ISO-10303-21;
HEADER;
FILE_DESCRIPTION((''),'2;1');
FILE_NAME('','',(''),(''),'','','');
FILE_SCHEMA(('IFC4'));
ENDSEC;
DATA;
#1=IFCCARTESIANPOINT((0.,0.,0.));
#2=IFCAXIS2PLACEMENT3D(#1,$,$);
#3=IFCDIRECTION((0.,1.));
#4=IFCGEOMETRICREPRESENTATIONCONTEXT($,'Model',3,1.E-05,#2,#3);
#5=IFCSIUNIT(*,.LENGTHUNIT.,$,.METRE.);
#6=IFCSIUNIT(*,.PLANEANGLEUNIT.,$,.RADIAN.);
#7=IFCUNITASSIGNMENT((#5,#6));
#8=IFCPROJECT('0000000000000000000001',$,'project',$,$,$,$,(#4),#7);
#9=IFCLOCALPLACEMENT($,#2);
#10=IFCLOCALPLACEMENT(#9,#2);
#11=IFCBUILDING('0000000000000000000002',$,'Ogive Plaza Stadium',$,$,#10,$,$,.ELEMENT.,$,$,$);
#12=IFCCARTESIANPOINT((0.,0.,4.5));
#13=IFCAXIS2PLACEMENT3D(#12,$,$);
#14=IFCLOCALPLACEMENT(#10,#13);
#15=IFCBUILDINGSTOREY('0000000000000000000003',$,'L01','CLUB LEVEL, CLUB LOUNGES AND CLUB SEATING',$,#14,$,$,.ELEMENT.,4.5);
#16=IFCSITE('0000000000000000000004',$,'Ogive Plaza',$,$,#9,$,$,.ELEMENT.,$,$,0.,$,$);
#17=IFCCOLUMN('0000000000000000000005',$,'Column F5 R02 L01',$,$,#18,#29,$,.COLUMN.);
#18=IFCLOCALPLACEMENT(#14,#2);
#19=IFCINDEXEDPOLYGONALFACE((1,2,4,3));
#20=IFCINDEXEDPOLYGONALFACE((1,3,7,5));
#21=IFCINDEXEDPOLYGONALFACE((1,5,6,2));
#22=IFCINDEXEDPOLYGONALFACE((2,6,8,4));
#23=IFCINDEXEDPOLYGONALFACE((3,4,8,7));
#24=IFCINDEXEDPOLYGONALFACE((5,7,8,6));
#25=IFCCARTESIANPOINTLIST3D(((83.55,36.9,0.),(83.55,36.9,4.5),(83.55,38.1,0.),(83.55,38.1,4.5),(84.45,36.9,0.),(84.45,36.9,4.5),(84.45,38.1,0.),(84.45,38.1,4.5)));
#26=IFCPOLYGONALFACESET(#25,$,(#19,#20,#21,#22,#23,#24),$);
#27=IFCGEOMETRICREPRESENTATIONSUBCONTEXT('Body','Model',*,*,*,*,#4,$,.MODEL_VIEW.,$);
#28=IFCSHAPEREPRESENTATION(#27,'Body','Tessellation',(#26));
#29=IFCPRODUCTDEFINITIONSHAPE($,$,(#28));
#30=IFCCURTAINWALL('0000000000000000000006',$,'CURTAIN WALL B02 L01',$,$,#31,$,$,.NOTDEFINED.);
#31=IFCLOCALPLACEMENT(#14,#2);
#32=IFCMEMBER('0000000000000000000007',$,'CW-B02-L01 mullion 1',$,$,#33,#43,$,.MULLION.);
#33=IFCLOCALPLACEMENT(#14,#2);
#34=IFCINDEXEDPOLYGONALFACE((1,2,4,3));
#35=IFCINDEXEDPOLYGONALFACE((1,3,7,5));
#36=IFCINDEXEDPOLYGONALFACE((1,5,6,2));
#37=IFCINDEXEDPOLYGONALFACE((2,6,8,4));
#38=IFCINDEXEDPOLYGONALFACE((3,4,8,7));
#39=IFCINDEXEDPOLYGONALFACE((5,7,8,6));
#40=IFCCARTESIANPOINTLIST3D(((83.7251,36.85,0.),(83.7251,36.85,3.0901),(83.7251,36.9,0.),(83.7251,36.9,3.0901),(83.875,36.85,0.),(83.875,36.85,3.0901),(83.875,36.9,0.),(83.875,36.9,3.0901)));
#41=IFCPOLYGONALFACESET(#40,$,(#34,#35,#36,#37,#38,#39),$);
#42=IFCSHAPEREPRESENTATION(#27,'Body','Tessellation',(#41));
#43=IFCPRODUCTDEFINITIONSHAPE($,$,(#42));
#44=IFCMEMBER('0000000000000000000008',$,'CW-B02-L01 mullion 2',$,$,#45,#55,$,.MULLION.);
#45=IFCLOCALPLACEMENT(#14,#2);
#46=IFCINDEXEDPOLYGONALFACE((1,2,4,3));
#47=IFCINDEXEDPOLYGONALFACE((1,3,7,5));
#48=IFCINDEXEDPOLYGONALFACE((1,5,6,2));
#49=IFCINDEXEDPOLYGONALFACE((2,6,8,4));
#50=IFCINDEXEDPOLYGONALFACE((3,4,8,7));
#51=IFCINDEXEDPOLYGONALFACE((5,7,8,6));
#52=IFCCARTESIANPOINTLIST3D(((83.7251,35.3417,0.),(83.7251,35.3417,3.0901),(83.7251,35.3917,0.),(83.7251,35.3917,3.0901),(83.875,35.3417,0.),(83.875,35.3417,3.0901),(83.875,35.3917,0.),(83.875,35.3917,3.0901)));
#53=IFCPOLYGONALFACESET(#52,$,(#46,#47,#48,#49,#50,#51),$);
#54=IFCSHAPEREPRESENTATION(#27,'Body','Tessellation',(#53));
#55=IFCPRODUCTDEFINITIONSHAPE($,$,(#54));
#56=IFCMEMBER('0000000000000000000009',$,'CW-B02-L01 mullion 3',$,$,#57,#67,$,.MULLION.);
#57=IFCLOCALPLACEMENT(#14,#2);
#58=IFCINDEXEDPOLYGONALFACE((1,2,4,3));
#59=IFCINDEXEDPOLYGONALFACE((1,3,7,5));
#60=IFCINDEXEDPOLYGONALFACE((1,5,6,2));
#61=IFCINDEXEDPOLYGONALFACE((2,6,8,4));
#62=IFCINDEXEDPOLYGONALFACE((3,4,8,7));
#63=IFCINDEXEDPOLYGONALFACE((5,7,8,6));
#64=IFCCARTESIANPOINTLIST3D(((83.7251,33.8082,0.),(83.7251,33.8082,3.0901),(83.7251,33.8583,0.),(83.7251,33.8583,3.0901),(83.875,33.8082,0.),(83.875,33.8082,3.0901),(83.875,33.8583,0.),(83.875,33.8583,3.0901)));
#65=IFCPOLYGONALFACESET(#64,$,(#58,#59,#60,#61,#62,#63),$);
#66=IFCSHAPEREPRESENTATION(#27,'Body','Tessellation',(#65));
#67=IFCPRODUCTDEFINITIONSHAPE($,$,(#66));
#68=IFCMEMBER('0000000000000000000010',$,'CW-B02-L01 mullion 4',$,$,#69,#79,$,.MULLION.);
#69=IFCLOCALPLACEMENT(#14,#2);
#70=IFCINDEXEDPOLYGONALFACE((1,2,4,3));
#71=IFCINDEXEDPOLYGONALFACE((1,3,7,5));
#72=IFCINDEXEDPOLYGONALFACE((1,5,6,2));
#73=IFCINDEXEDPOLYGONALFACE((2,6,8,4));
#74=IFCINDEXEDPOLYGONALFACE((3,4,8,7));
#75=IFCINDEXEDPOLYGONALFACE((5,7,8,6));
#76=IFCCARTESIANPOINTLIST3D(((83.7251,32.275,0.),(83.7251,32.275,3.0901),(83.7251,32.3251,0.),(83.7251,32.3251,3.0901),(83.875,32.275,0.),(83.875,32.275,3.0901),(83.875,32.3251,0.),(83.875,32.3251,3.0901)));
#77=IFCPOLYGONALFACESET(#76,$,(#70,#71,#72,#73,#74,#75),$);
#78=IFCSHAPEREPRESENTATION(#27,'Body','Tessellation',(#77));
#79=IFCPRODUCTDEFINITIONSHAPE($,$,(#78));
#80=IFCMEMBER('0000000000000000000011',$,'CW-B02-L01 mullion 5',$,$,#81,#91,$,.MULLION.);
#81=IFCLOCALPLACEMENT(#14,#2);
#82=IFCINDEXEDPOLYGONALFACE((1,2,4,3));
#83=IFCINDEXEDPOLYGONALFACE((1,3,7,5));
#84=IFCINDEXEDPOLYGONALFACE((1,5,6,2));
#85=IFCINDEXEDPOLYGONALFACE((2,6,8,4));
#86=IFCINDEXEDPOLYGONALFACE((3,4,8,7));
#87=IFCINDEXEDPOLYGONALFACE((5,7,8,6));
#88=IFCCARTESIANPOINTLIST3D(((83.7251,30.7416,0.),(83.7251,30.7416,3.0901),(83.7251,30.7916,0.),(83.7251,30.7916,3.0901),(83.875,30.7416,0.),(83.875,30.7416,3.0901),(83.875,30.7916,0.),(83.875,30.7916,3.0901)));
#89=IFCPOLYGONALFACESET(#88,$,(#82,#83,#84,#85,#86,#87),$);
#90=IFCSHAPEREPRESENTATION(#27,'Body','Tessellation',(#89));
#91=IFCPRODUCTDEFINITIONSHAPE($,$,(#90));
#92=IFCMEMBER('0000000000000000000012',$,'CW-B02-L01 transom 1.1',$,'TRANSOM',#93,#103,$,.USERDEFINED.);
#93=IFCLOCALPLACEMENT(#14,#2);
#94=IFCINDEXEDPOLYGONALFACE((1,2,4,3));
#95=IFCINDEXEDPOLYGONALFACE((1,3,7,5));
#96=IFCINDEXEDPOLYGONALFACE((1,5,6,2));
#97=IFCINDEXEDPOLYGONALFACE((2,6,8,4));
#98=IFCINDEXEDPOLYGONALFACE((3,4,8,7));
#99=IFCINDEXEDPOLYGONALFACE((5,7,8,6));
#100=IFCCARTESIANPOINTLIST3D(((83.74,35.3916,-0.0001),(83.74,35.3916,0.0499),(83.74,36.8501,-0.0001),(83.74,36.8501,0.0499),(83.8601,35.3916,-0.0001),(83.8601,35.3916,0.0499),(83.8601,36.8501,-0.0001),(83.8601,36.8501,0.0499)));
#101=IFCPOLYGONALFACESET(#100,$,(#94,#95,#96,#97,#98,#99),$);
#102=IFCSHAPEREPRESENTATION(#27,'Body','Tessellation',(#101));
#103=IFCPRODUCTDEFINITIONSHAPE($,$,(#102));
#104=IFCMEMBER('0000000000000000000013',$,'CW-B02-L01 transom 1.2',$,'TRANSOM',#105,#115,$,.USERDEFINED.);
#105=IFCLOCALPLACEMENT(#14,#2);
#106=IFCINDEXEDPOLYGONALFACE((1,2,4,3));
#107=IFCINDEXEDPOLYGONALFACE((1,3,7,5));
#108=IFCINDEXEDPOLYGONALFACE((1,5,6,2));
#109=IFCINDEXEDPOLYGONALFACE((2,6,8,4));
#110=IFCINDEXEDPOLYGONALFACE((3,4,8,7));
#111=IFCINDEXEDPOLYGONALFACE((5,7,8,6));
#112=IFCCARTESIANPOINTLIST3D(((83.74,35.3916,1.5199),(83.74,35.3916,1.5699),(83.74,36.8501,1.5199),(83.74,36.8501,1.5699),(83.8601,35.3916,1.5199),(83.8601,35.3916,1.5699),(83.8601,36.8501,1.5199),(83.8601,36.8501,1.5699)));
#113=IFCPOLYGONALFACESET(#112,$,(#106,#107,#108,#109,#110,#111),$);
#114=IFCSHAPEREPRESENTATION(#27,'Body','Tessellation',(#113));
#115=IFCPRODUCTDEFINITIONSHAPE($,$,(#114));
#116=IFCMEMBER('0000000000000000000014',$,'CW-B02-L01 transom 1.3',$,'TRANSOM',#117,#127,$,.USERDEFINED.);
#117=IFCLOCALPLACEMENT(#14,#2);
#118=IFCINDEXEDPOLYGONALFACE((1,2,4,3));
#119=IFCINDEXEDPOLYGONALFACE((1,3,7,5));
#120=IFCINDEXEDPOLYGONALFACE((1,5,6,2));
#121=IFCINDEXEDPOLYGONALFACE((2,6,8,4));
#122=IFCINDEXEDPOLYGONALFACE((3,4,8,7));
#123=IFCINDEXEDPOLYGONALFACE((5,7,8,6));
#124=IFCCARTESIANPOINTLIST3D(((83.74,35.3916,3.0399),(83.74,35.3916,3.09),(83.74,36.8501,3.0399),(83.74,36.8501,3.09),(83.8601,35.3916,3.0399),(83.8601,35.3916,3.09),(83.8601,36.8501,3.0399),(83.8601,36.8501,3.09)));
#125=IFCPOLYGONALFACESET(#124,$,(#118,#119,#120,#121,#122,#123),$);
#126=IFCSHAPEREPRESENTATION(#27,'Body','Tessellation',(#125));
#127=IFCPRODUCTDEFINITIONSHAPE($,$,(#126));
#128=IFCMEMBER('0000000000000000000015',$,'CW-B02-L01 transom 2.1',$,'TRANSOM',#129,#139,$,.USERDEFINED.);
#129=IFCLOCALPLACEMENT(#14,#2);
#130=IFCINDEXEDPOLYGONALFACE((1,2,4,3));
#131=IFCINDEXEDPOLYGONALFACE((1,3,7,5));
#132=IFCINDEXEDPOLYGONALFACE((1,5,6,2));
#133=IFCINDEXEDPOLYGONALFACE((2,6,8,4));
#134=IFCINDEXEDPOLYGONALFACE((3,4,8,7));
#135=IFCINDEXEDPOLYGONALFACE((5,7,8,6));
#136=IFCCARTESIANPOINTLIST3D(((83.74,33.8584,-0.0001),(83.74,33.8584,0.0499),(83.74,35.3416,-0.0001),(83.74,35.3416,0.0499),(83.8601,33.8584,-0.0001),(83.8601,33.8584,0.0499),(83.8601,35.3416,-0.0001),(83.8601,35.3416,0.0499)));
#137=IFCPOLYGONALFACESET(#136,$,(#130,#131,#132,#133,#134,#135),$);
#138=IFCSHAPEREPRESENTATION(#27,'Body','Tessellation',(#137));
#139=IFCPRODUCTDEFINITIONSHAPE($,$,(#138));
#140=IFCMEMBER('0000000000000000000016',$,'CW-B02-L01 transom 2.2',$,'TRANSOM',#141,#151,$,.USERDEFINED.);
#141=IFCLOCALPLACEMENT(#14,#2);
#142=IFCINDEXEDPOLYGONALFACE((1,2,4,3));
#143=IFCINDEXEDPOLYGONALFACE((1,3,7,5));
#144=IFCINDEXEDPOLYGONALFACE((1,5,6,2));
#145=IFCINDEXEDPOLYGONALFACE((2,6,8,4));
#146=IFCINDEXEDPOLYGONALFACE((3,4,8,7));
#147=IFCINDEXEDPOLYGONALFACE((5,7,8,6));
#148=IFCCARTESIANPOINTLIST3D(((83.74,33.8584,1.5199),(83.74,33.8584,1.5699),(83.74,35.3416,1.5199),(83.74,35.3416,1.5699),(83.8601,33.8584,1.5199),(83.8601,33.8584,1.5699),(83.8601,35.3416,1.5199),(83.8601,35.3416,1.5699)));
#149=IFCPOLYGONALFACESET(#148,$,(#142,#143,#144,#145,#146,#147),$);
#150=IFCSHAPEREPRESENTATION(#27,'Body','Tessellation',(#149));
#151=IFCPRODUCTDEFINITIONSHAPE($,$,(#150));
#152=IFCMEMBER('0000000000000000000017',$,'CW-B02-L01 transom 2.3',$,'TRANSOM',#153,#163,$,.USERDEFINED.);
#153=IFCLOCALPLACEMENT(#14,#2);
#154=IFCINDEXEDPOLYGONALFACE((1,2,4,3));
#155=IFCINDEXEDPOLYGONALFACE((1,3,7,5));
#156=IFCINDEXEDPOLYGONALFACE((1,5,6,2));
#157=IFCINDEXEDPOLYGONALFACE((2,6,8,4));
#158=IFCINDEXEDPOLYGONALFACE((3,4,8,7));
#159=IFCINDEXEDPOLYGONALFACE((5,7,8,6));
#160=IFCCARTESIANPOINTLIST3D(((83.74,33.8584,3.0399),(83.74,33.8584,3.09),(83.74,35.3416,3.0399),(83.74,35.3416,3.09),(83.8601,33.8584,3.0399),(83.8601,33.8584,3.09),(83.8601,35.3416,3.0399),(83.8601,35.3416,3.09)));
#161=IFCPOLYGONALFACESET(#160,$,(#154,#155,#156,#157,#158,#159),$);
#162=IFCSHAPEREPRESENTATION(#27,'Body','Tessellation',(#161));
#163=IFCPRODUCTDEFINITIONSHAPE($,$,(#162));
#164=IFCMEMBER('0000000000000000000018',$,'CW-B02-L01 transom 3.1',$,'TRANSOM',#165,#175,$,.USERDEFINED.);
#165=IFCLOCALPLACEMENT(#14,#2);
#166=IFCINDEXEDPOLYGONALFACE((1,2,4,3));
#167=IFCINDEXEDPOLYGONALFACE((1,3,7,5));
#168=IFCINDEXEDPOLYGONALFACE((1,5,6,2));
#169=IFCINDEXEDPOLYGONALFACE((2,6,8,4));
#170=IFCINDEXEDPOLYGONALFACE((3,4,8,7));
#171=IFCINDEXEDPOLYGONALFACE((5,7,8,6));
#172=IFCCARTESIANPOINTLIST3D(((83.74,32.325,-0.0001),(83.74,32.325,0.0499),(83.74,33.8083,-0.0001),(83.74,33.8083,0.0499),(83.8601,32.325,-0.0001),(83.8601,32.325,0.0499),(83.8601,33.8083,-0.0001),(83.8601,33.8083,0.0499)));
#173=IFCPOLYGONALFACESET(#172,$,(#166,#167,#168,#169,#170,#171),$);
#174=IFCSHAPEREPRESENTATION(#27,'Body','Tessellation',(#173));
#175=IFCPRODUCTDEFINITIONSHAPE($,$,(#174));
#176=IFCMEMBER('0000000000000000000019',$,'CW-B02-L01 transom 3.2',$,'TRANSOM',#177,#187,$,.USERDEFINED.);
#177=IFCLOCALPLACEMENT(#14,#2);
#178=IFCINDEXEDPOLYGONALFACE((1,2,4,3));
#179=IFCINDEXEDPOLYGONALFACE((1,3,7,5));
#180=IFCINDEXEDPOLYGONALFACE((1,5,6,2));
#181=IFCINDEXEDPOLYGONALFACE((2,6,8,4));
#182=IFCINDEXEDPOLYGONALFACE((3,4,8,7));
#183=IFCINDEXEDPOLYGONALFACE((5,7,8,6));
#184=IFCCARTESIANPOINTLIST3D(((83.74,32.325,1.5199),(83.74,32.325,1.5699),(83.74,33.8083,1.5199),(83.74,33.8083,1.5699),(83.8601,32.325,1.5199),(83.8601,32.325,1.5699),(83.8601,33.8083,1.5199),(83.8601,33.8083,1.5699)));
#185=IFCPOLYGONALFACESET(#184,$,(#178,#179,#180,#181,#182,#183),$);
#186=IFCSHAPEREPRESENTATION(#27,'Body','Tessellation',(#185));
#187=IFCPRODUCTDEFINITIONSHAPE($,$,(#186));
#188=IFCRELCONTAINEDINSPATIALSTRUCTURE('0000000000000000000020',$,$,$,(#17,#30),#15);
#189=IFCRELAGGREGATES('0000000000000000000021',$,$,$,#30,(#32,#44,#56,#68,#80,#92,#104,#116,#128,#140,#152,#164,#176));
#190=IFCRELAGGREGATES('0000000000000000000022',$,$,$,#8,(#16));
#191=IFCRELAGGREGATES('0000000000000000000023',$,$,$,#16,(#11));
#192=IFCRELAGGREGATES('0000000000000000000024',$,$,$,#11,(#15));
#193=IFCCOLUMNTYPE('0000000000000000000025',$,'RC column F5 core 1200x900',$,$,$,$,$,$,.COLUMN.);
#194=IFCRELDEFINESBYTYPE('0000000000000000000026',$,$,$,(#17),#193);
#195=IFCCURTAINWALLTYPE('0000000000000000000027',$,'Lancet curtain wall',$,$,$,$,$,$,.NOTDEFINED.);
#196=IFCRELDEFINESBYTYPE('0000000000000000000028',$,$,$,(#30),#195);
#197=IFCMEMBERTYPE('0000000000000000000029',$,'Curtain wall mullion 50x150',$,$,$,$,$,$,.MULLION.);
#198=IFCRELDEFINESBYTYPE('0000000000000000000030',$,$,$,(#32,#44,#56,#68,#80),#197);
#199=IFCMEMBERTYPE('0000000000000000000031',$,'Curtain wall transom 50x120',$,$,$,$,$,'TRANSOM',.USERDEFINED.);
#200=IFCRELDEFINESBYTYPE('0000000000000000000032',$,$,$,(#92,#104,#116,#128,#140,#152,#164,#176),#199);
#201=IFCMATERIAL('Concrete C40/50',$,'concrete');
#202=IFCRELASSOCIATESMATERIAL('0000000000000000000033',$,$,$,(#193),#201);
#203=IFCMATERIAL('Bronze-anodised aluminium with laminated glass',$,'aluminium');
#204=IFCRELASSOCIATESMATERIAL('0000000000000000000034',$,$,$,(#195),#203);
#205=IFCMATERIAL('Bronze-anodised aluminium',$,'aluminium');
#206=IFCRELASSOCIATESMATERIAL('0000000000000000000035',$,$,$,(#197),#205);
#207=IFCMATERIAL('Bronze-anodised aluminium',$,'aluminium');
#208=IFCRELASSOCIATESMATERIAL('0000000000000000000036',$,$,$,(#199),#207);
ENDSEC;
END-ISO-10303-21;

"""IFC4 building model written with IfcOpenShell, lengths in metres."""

from ifc_helpers import new_model, si_unit, direction, frame, origin, origin_2d, place, context, subcontext, project, spatial, rectangle, extrude, material, material_profile, profile_set, type_object, element, aggregate, save


model = new_model("IFC4")

# Units and contexts
model_context = context("Model", 3, precision=1e-05, world=origin(), true_north=direction((0.0, 1.0)))
body_context = subcontext(model_context, "Body", "Model", "MODEL_VIEW")
ifc_project = project(units=[si_unit("LENGTHUNIT", "METRE"), si_unit("PLANEANGLEUNIT", "RADIAN")], contexts=[model_context])

# Site, building, storey
site_placement = place(None, origin())
site = spatial("IfcSite", under=ifc_project, at=site_placement, Name="Ogive Plaza", CompositionType="ELEMENT", RefElevation=0.0)
building_placement = place(site_placement, origin())
building = spatial("IfcBuilding", under=site, at=building_placement, Name="Ogive Plaza Stadium", CompositionType="ELEMENT")
storey_placement = place(building_placement, frame((0.0, 0.0, 4.5)))
storey = spatial("IfcBuildingStorey", under=building, at=storey_placement, Name="L01", Description="CLUB LEVEL, CLUB LOUNGES AND CLUB SEATING", CompositionType="ELEMENT", Elevation=4.5)

# Column
ifc_material_1 = material(Name="Concrete C40/50", Category="concrete")
ifc_material_profile_1 = material_profile(ifc_material_1, rectangle(XDim=1.2, YDim=0.8999, at=origin_2d()), Name="RC 1200x900")
ifc_profile_set_1 = profile_set([ifc_material_profile_1], Name="Concrete C40/50")
column_type = type_object("IfcColumnType", Name="RC column F5 core 1200x900", PredefinedType="COLUMN", material=ifc_profile_set_1)
column_placement = place(storey_placement, frame((84.0, 37.5, 0.0), z_axis=(0.0, 0.0, 1.0), x_axis=(0.0, 1.0, 0.0)))
element("IfcColumn", 1, at=column_placement, inside=storey, type_object=column_type, Name="Column F5 R02 L01", PredefinedType="COLUMN", context=body_context, shape_type="SweptSolid", body=[
    extrude(rectangle(XDim=1.2, YDim=0.8999, at=origin_2d()), origin(), (0.0, 0.0, 1.0), 4.5),
])

# Curtain wall, members
ifc_material_2 = material(Name="Bronze-anodised aluminium with laminated glass", Category="aluminium")
curtain_wall_type = type_object("IfcCurtainWallType", Name="Lancet curtain wall", PredefinedType="NOTDEFINED", material=ifc_material_2)
curtain_wall_placement = place(storey_placement, origin())
curtain_wall = element("IfcCurtainWall", 2, at=curtain_wall_placement, inside=storey, type_object=curtain_wall_type, Name="CURTAIN WALL B02 L01", PredefinedType="NOTDEFINED")
ifc_material_3 = material(Name="Bronze-anodised aluminium", Category="aluminium")
ifc_material_profile_2 = material_profile(ifc_material_3, rectangle(XDim=0.1499, YDim=0.05, at=origin_2d()), Name="AL 150x50")
ifc_profile_set_2 = profile_set([ifc_material_profile_2], Name="Bronze-anodised aluminium")
member_type_1 = type_object("IfcMemberType", Name="Curtain wall mullion 50x150", PredefinedType="MULLION", material=ifc_profile_set_2)
member_1_placement = place(storey_placement, frame((83.8, 36.875, 0.0), z_axis=(0.0, 0.0, 1.0), x_axis=(1.0, 0.0, 0.0)))
member_1 = element("IfcMember", 3, at=member_1_placement, type_object=member_type_1, Name="CW-B02-L01 mullion 1", PredefinedType="MULLION", context=body_context, shape_type="SweptSolid", body=[
    extrude(rectangle(XDim=0.1499, YDim=0.05, at=origin_2d()), origin(), (0.0, 0.0, 1.0), 3.0901),
])
member_2_placement = place(storey_placement, frame((83.8, 35.3667, 0.0), z_axis=(0.0, 0.0, 1.0), x_axis=(1.0, 0.0, 0.0)))
member_2 = element("IfcMember", 4, at=member_2_placement, type_object=member_type_1, Name="CW-B02-L01 mullion 2", PredefinedType="MULLION", context=body_context, shape_type="SweptSolid", body=[
    extrude(rectangle(XDim=0.1499, YDim=0.05, at=origin_2d()), origin(), (0.0, 0.0, 1.0), 3.0901),
])
member_3_placement = place(storey_placement, frame((83.8, 33.8333, 0.0), z_axis=(0.0, 0.0, 1.0), x_axis=(1.0, 0.0, 0.0)))
member_3 = element("IfcMember", 5, at=member_3_placement, type_object=member_type_1, Name="CW-B02-L01 mullion 3", PredefinedType="MULLION", context=body_context, shape_type="SweptSolid", body=[
    extrude(rectangle(XDim=0.1499, YDim=0.05, at=origin_2d()), origin(), (0.0, 0.0, 1.0), 3.0901),
])
member_4_placement = place(storey_placement, frame((83.8, 32.3, 0.0), z_axis=(0.0, 0.0, 1.0), x_axis=(1.0, 0.0, 0.0)))
member_4 = element("IfcMember", 6, at=member_4_placement, type_object=member_type_1, Name="CW-B02-L01 mullion 4", PredefinedType="MULLION", context=body_context, shape_type="SweptSolid", body=[
    extrude(rectangle(XDim=0.1499, YDim=0.05, at=origin_2d()), origin(), (0.0, 0.0, 1.0), 3.0901),
])
member_5_placement = place(storey_placement, frame((83.8, 30.7666, 0.0), z_axis=(0.0, 0.0, 1.0), x_axis=(1.0, 0.0, 0.0)))
member_5 = element("IfcMember", 7, at=member_5_placement, type_object=member_type_1, Name="CW-B02-L01 mullion 5", PredefinedType="MULLION", context=body_context, shape_type="SweptSolid", body=[
    extrude(rectangle(XDim=0.1499, YDim=0.05, at=origin_2d()), origin(), (0.0, 0.0, 1.0), 3.0901),
])
ifc_material_4 = material(Name="Bronze-anodised aluminium", Category="aluminium")
ifc_material_profile_3 = material_profile(ifc_material_4, rectangle(XDim=0.1201, YDim=0.05, at=origin_2d()), Name="AL 120x50")
ifc_profile_set_3 = profile_set([ifc_material_profile_3], Name="Bronze-anodised aluminium")
member_type_2 = type_object("IfcMemberType", Name="Curtain wall transom 50x120", ElementType="TRANSOM", PredefinedType="USERDEFINED", material=ifc_profile_set_3)
member_6_placement = place(storey_placement, frame((83.8, 36.8501, 0.0249), z_axis=(0.0, -1.0, 0.0), x_axis=(1.0, 0.0, 0.0)))
member_6 = element("IfcMember", 8, at=member_6_placement, type_object=member_type_2, Name="CW-B02-L01 transom 1.1", ObjectType="TRANSOM", PredefinedType="USERDEFINED", context=body_context, shape_type="SweptSolid", body=[
    extrude(rectangle(XDim=0.1201, YDim=0.05, at=origin_2d()), origin(), (0.0, 0.0, 1.0), 1.4585),
])
member_7_placement = place(storey_placement, frame((83.8, 36.8501, 1.5449), z_axis=(0.0, -1.0, 0.0), x_axis=(1.0, 0.0, 0.0)))
member_7 = element("IfcMember", 9, at=member_7_placement, type_object=member_type_2, Name="CW-B02-L01 transom 1.2", ObjectType="TRANSOM", PredefinedType="USERDEFINED", context=body_context, shape_type="SweptSolid", body=[
    extrude(rectangle(XDim=0.1201, YDim=0.05, at=origin_2d()), origin(), (0.0, 0.0, 1.0), 1.4585),
])
member_8_placement = place(storey_placement, frame((83.8, 36.8501, 3.0649), z_axis=(0.0, -1.0, 0.0), x_axis=(1.0, 0.0, 0.0)))
member_8 = element("IfcMember", 10, at=member_8_placement, type_object=member_type_2, Name="CW-B02-L01 transom 1.3", ObjectType="TRANSOM", PredefinedType="USERDEFINED", context=body_context, shape_type="SweptSolid", body=[
    extrude(rectangle(XDim=0.1201, YDim=0.05, at=origin_2d()), origin(), (0.0, 0.0, 1.0), 1.4585),
])
member_9_placement = place(storey_placement, frame((83.8, 35.3416, 0.0249), z_axis=(0.0, -1.0, 0.0), x_axis=(1.0, 0.0, 0.0)))
member_9 = element("IfcMember", 11, at=member_9_placement, type_object=member_type_2, Name="CW-B02-L01 transom 2.1", ObjectType="TRANSOM", PredefinedType="USERDEFINED", context=body_context, shape_type="SweptSolid", body=[
    extrude(rectangle(XDim=0.1201, YDim=0.05, at=origin_2d()), origin(), (0.0, 0.0, 1.0), 1.4832),
])
member_10_placement = place(storey_placement, frame((83.8, 35.3416, 1.5449), z_axis=(0.0, -1.0, 0.0), x_axis=(1.0, 0.0, 0.0)))
member_10 = element("IfcMember", 12, at=member_10_placement, type_object=member_type_2, Name="CW-B02-L01 transom 2.2", ObjectType="TRANSOM", PredefinedType="USERDEFINED", context=body_context, shape_type="SweptSolid", body=[
    extrude(rectangle(XDim=0.1201, YDim=0.05, at=origin_2d()), origin(), (0.0, 0.0, 1.0), 1.4832),
])
member_11_placement = place(storey_placement, frame((83.8, 35.3416, 3.0649), z_axis=(0.0, -1.0, 0.0), x_axis=(1.0, 0.0, 0.0)))
member_11 = element("IfcMember", 13, at=member_11_placement, type_object=member_type_2, Name="CW-B02-L01 transom 2.3", ObjectType="TRANSOM", PredefinedType="USERDEFINED", context=body_context, shape_type="SweptSolid", body=[
    extrude(rectangle(XDim=0.1201, YDim=0.05, at=origin_2d()), origin(), (0.0, 0.0, 1.0), 1.4832),
])
member_12_placement = place(storey_placement, frame((83.8, 33.8083, 0.0249), z_axis=(0.0, -1.0, 0.0), x_axis=(1.0, 0.0, 0.0)))
member_12 = element("IfcMember", 14, at=member_12_placement, type_object=member_type_2, Name="CW-B02-L01 transom 3.1", ObjectType="TRANSOM", PredefinedType="USERDEFINED", context=body_context, shape_type="SweptSolid", body=[
    extrude(rectangle(XDim=0.1201, YDim=0.05, at=origin_2d()), origin(), (0.0, 0.0, 1.0), 1.4834),
])
member_13_placement = place(storey_placement, frame((83.8, 33.8083, 1.5449), z_axis=(0.0, -1.0, 0.0), x_axis=(1.0, 0.0, 0.0)))
member_13 = element("IfcMember", 15, at=member_13_placement, type_object=member_type_2, Name="CW-B02-L01 transom 3.2", ObjectType="TRANSOM", PredefinedType="USERDEFINED", context=body_context, shape_type="SweptSolid", body=[
    extrude(rectangle(XDim=0.1201, YDim=0.05, at=origin_2d()), origin(), (0.0, 0.0, 1.0), 1.4834),
])

aggregate(curtain_wall, [member_1, member_2, member_3, member_4, member_5, member_6, member_7, member_8, member_9, member_10, member_11, member_12, member_13])

save(model, "model.ifc")
